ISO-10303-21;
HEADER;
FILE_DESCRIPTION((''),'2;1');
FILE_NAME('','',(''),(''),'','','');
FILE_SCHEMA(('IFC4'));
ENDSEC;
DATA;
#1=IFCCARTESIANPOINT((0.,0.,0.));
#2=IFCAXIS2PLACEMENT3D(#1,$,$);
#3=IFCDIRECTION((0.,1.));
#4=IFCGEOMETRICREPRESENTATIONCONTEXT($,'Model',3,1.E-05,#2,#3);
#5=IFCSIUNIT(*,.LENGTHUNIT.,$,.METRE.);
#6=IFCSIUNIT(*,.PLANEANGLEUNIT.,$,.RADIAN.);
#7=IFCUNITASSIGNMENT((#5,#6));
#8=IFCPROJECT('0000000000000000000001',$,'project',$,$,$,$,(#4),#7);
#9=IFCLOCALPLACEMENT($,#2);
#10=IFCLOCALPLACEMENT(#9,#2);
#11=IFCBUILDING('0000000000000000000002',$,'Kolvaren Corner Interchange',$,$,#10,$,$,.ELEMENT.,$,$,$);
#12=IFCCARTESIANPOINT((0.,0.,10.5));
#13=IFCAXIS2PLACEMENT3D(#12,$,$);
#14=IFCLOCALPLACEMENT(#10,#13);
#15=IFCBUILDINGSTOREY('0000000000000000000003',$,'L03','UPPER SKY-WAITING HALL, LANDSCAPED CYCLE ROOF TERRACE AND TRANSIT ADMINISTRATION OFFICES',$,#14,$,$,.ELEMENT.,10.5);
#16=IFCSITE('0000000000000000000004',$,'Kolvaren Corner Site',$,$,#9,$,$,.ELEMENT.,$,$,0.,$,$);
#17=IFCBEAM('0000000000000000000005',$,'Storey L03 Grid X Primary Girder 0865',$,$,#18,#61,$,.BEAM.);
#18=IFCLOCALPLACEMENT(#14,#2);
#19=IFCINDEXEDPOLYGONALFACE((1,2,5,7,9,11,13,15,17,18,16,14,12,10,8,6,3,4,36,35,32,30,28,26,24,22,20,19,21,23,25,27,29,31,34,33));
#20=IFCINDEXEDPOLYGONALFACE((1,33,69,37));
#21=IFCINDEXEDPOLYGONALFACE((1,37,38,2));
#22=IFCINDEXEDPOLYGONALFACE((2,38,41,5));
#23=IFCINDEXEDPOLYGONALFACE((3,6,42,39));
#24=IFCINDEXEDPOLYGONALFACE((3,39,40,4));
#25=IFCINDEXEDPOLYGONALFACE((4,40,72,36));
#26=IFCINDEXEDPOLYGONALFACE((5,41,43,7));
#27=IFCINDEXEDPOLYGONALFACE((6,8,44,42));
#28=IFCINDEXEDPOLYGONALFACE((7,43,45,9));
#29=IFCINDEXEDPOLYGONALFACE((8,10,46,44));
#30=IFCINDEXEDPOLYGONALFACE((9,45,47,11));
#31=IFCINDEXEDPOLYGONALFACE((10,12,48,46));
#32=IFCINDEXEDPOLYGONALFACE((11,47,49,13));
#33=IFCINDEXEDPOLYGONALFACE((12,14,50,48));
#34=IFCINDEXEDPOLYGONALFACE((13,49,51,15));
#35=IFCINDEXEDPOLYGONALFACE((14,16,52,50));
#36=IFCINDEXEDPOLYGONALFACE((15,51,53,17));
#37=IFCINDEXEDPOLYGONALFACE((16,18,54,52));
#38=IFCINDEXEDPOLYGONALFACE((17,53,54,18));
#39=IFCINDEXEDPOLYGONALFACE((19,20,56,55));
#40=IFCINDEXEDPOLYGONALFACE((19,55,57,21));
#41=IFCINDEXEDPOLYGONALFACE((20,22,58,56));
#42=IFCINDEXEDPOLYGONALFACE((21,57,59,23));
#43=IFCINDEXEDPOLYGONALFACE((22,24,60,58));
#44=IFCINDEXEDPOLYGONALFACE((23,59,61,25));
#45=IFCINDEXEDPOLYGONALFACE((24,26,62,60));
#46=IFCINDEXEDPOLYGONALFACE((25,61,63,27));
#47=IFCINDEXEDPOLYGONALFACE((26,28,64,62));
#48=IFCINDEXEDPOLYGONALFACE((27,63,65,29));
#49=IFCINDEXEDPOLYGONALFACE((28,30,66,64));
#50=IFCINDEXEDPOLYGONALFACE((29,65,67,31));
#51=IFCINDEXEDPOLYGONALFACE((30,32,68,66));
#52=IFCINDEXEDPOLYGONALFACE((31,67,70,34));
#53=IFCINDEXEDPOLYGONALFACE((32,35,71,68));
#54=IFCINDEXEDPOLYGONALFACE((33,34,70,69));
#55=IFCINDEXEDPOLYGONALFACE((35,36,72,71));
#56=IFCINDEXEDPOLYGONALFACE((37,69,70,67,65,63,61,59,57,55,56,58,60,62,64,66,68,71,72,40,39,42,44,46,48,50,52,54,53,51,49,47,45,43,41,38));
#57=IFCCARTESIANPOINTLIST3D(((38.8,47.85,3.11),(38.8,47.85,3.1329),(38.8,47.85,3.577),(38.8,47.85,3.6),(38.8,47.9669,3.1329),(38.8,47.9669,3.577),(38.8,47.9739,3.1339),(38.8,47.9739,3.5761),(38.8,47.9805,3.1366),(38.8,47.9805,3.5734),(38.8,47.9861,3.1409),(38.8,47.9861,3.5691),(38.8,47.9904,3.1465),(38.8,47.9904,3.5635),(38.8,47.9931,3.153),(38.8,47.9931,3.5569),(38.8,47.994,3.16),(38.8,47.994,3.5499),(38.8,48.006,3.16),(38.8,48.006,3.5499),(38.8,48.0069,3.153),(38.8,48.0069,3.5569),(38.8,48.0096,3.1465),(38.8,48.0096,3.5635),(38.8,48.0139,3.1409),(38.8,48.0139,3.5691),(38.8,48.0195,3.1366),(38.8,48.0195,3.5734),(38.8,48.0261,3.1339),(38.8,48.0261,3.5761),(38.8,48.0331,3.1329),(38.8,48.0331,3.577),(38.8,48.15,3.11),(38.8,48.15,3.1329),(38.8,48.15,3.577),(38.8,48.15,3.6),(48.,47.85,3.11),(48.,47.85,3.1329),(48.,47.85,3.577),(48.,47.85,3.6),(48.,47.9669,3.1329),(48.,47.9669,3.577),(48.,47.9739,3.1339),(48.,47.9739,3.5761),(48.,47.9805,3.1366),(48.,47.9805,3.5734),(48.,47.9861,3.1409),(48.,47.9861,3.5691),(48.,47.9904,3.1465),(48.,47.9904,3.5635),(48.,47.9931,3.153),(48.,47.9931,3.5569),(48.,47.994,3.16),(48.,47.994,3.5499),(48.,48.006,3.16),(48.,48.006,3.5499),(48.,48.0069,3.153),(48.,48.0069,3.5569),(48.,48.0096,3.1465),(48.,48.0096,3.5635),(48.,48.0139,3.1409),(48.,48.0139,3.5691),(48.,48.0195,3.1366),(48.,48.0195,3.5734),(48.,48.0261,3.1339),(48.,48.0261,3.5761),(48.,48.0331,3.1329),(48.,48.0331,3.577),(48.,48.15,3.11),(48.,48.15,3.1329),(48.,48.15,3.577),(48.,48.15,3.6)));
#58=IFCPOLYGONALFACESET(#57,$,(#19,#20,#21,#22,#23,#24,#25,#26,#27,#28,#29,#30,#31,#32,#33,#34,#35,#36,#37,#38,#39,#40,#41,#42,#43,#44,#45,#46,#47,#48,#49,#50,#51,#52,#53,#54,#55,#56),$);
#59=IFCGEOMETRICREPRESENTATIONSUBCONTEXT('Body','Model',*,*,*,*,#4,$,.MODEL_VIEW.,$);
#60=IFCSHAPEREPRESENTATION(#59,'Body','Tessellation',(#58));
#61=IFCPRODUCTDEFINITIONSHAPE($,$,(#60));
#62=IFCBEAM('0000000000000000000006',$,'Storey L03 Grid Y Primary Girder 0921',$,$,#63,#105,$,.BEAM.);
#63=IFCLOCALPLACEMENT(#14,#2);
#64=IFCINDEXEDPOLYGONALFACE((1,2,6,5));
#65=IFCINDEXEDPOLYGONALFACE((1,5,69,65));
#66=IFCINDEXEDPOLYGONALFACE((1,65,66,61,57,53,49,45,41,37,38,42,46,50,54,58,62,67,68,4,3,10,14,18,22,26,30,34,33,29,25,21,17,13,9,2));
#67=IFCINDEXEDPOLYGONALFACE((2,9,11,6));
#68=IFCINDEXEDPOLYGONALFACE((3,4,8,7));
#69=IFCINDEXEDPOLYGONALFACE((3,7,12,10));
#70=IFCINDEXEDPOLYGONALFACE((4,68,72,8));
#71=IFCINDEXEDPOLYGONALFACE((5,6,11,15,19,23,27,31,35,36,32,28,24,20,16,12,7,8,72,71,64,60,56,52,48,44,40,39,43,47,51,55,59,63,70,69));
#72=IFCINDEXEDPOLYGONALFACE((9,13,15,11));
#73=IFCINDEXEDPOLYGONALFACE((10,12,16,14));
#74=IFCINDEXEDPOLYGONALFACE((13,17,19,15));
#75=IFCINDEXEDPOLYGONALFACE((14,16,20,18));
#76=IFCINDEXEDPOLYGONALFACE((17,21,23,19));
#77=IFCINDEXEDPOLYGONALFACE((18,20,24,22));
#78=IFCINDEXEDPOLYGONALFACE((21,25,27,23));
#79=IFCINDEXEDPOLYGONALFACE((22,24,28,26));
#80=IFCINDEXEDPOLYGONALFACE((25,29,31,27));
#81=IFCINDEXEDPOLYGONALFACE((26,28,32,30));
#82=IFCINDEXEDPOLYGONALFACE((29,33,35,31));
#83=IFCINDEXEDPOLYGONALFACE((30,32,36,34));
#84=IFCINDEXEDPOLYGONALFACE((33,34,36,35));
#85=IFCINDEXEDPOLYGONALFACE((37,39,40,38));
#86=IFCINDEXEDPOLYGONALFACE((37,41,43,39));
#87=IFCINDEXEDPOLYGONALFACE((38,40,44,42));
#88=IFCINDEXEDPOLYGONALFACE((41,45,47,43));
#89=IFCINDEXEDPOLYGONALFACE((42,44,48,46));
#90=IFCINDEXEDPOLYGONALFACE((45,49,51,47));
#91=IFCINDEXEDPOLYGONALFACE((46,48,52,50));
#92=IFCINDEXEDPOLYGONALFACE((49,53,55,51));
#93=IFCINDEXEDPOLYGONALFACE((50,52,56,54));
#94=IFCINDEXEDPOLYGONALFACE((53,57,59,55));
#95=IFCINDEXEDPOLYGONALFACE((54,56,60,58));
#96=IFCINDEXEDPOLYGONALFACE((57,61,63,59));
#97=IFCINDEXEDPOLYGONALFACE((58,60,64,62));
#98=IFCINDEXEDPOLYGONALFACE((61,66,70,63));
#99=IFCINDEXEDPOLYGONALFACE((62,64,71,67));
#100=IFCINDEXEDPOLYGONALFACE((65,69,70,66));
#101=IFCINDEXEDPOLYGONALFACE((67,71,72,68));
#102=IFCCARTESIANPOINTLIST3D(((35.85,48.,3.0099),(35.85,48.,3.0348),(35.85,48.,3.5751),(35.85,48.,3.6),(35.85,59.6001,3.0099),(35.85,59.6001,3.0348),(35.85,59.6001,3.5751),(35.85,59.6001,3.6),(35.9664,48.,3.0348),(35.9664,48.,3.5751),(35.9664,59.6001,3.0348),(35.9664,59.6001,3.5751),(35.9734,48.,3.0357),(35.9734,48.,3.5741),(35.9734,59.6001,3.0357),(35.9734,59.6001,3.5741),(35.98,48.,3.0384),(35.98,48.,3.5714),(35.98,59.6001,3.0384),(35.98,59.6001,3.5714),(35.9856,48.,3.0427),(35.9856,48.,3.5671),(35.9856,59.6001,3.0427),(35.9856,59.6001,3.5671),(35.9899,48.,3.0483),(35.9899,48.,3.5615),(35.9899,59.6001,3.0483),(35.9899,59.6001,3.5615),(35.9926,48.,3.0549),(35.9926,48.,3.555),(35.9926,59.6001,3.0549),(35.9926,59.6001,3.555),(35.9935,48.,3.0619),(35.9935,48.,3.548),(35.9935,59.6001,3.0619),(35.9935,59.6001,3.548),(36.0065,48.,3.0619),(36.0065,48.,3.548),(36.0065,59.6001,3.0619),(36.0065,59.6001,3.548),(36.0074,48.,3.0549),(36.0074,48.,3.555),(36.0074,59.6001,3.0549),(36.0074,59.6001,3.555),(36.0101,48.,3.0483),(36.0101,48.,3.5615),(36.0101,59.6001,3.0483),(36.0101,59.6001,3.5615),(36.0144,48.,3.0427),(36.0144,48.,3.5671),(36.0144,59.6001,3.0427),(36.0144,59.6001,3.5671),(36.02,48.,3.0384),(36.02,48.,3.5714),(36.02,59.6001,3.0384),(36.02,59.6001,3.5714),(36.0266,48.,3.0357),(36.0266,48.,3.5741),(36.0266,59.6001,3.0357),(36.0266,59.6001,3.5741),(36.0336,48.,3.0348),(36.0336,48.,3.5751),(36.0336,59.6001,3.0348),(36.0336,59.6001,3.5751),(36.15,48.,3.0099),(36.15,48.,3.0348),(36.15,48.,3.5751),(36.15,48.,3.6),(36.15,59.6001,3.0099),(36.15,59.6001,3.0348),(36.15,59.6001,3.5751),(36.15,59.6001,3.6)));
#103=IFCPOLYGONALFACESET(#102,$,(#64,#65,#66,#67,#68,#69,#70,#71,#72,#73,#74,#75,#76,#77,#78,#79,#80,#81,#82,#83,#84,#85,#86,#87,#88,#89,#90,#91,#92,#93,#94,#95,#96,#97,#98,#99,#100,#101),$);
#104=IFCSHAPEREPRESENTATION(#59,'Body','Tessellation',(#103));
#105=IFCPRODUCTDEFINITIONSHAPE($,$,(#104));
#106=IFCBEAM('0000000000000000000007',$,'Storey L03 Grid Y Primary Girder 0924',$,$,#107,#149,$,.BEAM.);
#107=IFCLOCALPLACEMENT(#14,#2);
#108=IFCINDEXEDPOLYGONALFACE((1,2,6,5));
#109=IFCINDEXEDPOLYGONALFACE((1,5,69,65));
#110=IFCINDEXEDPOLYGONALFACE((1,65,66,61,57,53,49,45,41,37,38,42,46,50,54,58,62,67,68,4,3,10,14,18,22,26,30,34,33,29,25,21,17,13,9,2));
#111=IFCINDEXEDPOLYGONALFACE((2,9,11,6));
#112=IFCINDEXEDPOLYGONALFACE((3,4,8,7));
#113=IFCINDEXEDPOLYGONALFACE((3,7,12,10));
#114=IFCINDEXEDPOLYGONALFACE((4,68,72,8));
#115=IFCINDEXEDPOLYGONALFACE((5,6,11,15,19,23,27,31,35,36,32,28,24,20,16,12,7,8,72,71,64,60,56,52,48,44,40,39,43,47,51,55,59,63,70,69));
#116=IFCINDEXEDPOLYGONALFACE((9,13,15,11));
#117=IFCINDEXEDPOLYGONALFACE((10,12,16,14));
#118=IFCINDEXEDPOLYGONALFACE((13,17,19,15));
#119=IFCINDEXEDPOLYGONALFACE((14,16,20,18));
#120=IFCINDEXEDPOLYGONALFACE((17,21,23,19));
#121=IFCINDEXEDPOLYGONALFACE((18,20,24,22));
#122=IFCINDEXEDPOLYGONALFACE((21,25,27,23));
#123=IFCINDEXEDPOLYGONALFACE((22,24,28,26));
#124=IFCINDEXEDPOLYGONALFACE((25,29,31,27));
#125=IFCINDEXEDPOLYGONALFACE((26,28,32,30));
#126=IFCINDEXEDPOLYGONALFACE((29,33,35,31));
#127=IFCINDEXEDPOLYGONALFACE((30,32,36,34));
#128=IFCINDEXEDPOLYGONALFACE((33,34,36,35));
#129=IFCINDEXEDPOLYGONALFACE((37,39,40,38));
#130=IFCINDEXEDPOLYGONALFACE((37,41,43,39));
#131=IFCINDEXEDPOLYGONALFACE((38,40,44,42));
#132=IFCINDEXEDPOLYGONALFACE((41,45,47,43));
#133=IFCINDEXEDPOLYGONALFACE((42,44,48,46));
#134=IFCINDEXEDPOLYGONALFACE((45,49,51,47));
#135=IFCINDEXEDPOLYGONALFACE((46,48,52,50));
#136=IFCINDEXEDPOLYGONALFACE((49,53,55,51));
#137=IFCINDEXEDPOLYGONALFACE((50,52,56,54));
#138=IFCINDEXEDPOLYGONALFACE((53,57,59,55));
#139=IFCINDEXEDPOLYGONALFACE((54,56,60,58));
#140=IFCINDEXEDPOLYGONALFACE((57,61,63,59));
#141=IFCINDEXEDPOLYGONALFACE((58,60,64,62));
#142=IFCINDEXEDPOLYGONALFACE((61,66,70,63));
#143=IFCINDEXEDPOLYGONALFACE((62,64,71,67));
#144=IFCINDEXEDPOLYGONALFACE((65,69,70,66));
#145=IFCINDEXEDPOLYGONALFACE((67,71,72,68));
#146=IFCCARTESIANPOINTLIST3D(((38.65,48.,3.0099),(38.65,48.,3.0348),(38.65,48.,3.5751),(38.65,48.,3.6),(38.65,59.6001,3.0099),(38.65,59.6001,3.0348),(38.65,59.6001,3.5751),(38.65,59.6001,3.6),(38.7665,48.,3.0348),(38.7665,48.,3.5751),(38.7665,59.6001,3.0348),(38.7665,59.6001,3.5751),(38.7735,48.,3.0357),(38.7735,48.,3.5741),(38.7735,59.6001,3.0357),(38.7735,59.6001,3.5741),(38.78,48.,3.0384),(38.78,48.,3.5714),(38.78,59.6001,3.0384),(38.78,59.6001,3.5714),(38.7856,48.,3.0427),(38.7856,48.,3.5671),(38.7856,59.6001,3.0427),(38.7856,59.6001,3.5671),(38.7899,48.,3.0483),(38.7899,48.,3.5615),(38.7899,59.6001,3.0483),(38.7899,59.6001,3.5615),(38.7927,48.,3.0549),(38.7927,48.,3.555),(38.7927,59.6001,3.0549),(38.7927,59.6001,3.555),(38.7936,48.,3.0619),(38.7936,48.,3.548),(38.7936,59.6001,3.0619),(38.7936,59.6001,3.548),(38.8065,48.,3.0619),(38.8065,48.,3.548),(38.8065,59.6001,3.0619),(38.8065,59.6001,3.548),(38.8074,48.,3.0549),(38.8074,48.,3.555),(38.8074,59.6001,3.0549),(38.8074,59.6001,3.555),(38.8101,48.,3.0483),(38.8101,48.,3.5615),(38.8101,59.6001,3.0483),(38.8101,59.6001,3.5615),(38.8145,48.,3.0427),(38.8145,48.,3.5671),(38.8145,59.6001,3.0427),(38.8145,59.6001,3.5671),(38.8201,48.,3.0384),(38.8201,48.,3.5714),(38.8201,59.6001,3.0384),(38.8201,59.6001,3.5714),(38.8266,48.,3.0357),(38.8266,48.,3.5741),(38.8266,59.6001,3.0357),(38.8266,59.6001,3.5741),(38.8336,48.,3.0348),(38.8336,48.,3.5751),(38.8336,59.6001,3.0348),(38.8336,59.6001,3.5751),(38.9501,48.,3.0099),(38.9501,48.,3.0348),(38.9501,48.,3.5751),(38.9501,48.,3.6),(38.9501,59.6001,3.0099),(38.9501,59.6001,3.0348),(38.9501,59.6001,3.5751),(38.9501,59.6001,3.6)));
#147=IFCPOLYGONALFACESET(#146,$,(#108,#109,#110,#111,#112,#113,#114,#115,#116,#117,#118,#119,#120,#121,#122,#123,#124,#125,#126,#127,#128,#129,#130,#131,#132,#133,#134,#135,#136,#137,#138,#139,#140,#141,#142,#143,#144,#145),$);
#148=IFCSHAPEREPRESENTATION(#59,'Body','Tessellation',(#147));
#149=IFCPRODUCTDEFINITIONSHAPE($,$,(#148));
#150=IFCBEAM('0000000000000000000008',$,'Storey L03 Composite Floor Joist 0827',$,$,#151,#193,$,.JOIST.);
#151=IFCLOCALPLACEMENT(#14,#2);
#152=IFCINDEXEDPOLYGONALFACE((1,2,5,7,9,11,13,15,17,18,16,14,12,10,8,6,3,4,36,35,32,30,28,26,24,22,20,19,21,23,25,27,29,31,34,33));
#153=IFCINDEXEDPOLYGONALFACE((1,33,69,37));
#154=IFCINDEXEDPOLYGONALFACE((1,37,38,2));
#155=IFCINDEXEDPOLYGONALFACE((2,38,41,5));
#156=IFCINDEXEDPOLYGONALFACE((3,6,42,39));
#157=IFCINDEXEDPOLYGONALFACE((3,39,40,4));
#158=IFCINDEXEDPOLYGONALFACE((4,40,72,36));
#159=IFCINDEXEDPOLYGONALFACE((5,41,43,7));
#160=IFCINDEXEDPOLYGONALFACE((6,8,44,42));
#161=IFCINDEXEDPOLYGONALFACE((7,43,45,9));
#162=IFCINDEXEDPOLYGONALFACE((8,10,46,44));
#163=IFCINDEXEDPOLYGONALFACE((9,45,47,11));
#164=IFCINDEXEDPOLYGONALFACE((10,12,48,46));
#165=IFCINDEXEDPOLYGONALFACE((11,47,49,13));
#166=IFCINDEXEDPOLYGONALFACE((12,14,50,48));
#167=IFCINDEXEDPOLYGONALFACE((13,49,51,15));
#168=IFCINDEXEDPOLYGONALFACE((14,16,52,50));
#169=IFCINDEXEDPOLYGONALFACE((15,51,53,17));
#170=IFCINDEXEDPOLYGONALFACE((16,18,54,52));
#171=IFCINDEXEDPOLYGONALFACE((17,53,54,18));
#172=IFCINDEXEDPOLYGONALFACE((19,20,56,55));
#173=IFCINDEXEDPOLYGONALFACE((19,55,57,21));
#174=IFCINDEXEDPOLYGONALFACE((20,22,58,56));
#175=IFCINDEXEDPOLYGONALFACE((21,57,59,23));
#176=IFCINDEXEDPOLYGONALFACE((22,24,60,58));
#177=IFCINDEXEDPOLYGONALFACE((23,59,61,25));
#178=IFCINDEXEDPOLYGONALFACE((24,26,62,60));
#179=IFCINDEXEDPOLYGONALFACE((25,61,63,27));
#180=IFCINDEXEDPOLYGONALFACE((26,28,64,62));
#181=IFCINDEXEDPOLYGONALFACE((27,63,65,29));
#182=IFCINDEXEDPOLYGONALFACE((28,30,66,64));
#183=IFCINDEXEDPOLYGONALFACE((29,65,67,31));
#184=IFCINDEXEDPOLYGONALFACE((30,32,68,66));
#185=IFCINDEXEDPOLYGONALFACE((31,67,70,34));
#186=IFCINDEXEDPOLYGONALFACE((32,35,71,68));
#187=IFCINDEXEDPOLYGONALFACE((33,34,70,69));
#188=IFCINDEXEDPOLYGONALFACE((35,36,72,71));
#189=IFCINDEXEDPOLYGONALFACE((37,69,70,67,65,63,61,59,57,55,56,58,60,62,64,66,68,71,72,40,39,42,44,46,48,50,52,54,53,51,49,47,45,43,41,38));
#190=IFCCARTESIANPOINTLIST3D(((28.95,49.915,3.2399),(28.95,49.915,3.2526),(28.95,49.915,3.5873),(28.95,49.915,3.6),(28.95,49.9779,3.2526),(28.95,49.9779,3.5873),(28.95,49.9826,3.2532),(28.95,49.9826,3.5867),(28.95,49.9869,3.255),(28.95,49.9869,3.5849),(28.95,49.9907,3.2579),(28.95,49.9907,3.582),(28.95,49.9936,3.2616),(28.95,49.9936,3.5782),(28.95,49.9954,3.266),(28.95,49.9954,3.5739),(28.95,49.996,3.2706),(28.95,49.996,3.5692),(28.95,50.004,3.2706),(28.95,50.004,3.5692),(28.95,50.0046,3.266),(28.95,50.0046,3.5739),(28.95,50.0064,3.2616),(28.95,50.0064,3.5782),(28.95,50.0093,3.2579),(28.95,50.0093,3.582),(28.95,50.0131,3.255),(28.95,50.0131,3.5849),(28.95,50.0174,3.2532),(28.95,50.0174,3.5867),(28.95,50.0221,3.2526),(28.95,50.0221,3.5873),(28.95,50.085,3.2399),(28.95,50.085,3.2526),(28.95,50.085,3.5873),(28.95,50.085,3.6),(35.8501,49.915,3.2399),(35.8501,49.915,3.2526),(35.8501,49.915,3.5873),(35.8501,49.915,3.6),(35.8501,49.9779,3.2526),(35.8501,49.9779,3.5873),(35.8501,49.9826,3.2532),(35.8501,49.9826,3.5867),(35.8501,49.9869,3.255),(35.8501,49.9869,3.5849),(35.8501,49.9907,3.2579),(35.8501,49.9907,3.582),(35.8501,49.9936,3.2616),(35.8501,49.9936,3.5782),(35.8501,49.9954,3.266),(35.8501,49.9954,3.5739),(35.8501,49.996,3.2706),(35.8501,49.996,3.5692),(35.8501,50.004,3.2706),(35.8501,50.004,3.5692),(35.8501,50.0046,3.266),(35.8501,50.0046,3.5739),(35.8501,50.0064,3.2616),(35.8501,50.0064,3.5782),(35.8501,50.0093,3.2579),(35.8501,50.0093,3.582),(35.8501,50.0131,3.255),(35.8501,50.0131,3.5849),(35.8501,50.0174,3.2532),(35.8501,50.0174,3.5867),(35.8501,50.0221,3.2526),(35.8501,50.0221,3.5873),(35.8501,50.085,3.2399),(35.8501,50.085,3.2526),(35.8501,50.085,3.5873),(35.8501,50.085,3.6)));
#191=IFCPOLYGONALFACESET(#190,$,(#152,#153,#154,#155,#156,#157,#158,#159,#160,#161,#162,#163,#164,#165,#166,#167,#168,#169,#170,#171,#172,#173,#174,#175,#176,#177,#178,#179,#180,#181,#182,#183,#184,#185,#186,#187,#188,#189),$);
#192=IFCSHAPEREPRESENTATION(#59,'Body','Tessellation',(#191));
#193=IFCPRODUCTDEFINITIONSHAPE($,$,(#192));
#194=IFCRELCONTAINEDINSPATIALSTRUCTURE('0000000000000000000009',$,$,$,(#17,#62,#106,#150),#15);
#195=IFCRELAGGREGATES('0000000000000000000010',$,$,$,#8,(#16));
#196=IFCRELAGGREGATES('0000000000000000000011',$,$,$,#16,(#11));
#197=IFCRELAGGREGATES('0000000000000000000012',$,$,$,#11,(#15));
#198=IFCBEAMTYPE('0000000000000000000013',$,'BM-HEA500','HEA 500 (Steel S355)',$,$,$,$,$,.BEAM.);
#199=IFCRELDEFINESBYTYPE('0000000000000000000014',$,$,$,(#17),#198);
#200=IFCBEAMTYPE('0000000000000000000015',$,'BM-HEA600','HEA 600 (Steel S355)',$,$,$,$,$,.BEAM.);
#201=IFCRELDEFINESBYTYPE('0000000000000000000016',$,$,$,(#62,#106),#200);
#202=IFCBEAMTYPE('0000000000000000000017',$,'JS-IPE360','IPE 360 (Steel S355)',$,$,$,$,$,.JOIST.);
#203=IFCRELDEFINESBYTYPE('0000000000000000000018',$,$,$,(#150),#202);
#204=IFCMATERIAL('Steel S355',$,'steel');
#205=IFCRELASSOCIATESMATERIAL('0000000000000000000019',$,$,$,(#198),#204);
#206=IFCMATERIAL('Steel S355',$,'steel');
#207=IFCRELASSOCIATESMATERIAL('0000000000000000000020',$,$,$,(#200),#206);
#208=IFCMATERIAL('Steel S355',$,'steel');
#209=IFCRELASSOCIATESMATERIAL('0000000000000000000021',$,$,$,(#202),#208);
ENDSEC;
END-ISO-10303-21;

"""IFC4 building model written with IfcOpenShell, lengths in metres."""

from ifc_helpers import new_model, si_unit, direction, frame, origin, origin_2d, place, context, subcontext, project, spatial, i_section, extrude, material, material_profile, profile_set, type_object, element, save


model = new_model("IFC4")

# Units and contexts
model_context = context("Model", 3, precision=1e-05, world=origin(), true_north=direction((0.0, 1.0)))
body_context = subcontext(model_context, "Body", "Model", "MODEL_VIEW")
ifc_project = project(units=[si_unit("LENGTHUNIT", "METRE"), si_unit("PLANEANGLEUNIT", "RADIAN")], contexts=[model_context])

# Site, building, storey
site_placement = place(None, origin())
site = spatial("IfcSite", under=ifc_project, at=site_placement, Name="Kolvaren Corner Site", CompositionType="ELEMENT", RefElevation=0.0)
building_placement = place(site_placement, origin())
building = spatial("IfcBuilding", under=site, at=building_placement, Name="Kolvaren Corner Interchange", CompositionType="ELEMENT")
storey_placement = place(building_placement, frame((0.0, 0.0, 10.5)))
storey = spatial("IfcBuildingStorey", under=building, at=storey_placement, Name="L03", Description="UPPER SKY-WAITING HALL, LANDSCAPED CYCLE ROOF TERRACE AND TRANSIT ADMINISTRATION OFFICES", CompositionType="ELEMENT", Elevation=10.5)

# Beams
ifc_material_1 = material(Name="Steel S355", Category="steel")
ifc_material_profile_1 = material_profile(ifc_material_1, i_section(OverallWidth=0.3, OverallDepth=0.49, WebThickness=0.012, FlangeThickness=0.0229, FilletRadius=0.0271, at=origin_2d()), Name="HEA 500")
ifc_profile_set_1 = profile_set([ifc_material_profile_1], Name="Steel S355")
beam_type_1 = type_object("IfcBeamType", Name="BM-HEA500", Description="HEA 500 (Steel S355)", PredefinedType="BEAM", material=ifc_profile_set_1)
beam_1_placement = place(storey_placement, frame((38.8, 48.0, 3.355), z_axis=(1.0, 0.0, 0.0), x_axis=(0.0, 1.0, 0.0)))
element("IfcBeam", 1, at=beam_1_placement, inside=storey, type_object=beam_type_1, Name="Storey L03 Grid X Primary Girder 0865", PredefinedType="BEAM", context=body_context, shape_type="SweptSolid", body=[
    extrude(i_section(OverallWidth=0.3, OverallDepth=0.49, WebThickness=0.012, FlangeThickness=0.0229, FilletRadius=0.0271, at=origin_2d()), origin(), (0.0, 0.0, 1.0), 9.2),
])
ifc_material_2 = material(Name="Steel S355", Category="steel")
ifc_material_profile_2 = material_profile(ifc_material_2, i_section(OverallWidth=0.3, OverallDepth=0.5901, WebThickness=0.0129, FlangeThickness=0.0249, FilletRadius=0.0271, at=origin_2d()), Name="HEA 600")
ifc_profile_set_2 = profile_set([ifc_material_profile_2], Name="Steel S355")
beam_type_2 = type_object("IfcBeamType", Name="BM-HEA600", Description="HEA 600 (Steel S355)", PredefinedType="BEAM", material=ifc_profile_set_2)
for number, where, z_axis, x_axis, name in (
    (2, (36.0, 48.0, 3.3049), (0.0, 1.0, 0.0), (-1.0, 0.0, 0.0), "Storey L03 Grid Y Primary Girder 0921"),
    (3, (38.8, 48.0, 3.3049), (0.0, 1.0, 0.0), (-1.0, 0.0, 0.0), "Storey L03 Grid Y Primary Girder 0924"),
):
    element("IfcBeam", number, at=place(storey_placement, frame(where, z_axis=z_axis, x_axis=x_axis)), inside=storey, type_object=beam_type_2, Name=name, PredefinedType="BEAM", context=body_context, shape_type="SweptSolid", body=[
        extrude(i_section(OverallWidth=0.3, OverallDepth=0.5901, WebThickness=0.0129, FlangeThickness=0.0249, FilletRadius=0.0271, at=origin_2d()), origin(), (0.0, 0.0, 1.0), 11.6001),
    ])
ifc_material_3 = material(Name="Steel S355", Category="steel")
ifc_material_profile_3 = material_profile(ifc_material_3, i_section(OverallWidth=0.1699, OverallDepth=0.3601, WebThickness=0.0081, FlangeThickness=0.0127, FilletRadius=0.0181, at=origin_2d()), Name="IPE 360")
ifc_profile_set_3 = profile_set([ifc_material_profile_3], Name="Steel S355")
beam_type_3 = type_object("IfcBeamType", Name="JS-IPE360", Description="IPE 360 (Steel S355)", PredefinedType="JOIST", material=ifc_profile_set_3)
for number, where, z_axis, x_axis, name in (
    (4, (28.95, 50.0, 3.4199), (1.0, 0.0, 0.0), (0.0, 1.0, 0.0), "Storey L03 Composite Floor Joist 0827"),
):
    element("IfcBeam", number, at=place(storey_placement, frame(where, z_axis=z_axis, x_axis=x_axis)), inside=storey, type_object=beam_type_3, Name=name, PredefinedType="JOIST", context=body_context, shape_type="SweptSolid", body=[
        extrude(i_section(OverallWidth=0.1699, OverallDepth=0.3601, WebThickness=0.0081, FlangeThickness=0.0127, FilletRadius=0.0181, at=origin_2d()), origin(), (0.0, 0.0, 1.0), 6.9001),
    ])

save(model, "model.ifc")
